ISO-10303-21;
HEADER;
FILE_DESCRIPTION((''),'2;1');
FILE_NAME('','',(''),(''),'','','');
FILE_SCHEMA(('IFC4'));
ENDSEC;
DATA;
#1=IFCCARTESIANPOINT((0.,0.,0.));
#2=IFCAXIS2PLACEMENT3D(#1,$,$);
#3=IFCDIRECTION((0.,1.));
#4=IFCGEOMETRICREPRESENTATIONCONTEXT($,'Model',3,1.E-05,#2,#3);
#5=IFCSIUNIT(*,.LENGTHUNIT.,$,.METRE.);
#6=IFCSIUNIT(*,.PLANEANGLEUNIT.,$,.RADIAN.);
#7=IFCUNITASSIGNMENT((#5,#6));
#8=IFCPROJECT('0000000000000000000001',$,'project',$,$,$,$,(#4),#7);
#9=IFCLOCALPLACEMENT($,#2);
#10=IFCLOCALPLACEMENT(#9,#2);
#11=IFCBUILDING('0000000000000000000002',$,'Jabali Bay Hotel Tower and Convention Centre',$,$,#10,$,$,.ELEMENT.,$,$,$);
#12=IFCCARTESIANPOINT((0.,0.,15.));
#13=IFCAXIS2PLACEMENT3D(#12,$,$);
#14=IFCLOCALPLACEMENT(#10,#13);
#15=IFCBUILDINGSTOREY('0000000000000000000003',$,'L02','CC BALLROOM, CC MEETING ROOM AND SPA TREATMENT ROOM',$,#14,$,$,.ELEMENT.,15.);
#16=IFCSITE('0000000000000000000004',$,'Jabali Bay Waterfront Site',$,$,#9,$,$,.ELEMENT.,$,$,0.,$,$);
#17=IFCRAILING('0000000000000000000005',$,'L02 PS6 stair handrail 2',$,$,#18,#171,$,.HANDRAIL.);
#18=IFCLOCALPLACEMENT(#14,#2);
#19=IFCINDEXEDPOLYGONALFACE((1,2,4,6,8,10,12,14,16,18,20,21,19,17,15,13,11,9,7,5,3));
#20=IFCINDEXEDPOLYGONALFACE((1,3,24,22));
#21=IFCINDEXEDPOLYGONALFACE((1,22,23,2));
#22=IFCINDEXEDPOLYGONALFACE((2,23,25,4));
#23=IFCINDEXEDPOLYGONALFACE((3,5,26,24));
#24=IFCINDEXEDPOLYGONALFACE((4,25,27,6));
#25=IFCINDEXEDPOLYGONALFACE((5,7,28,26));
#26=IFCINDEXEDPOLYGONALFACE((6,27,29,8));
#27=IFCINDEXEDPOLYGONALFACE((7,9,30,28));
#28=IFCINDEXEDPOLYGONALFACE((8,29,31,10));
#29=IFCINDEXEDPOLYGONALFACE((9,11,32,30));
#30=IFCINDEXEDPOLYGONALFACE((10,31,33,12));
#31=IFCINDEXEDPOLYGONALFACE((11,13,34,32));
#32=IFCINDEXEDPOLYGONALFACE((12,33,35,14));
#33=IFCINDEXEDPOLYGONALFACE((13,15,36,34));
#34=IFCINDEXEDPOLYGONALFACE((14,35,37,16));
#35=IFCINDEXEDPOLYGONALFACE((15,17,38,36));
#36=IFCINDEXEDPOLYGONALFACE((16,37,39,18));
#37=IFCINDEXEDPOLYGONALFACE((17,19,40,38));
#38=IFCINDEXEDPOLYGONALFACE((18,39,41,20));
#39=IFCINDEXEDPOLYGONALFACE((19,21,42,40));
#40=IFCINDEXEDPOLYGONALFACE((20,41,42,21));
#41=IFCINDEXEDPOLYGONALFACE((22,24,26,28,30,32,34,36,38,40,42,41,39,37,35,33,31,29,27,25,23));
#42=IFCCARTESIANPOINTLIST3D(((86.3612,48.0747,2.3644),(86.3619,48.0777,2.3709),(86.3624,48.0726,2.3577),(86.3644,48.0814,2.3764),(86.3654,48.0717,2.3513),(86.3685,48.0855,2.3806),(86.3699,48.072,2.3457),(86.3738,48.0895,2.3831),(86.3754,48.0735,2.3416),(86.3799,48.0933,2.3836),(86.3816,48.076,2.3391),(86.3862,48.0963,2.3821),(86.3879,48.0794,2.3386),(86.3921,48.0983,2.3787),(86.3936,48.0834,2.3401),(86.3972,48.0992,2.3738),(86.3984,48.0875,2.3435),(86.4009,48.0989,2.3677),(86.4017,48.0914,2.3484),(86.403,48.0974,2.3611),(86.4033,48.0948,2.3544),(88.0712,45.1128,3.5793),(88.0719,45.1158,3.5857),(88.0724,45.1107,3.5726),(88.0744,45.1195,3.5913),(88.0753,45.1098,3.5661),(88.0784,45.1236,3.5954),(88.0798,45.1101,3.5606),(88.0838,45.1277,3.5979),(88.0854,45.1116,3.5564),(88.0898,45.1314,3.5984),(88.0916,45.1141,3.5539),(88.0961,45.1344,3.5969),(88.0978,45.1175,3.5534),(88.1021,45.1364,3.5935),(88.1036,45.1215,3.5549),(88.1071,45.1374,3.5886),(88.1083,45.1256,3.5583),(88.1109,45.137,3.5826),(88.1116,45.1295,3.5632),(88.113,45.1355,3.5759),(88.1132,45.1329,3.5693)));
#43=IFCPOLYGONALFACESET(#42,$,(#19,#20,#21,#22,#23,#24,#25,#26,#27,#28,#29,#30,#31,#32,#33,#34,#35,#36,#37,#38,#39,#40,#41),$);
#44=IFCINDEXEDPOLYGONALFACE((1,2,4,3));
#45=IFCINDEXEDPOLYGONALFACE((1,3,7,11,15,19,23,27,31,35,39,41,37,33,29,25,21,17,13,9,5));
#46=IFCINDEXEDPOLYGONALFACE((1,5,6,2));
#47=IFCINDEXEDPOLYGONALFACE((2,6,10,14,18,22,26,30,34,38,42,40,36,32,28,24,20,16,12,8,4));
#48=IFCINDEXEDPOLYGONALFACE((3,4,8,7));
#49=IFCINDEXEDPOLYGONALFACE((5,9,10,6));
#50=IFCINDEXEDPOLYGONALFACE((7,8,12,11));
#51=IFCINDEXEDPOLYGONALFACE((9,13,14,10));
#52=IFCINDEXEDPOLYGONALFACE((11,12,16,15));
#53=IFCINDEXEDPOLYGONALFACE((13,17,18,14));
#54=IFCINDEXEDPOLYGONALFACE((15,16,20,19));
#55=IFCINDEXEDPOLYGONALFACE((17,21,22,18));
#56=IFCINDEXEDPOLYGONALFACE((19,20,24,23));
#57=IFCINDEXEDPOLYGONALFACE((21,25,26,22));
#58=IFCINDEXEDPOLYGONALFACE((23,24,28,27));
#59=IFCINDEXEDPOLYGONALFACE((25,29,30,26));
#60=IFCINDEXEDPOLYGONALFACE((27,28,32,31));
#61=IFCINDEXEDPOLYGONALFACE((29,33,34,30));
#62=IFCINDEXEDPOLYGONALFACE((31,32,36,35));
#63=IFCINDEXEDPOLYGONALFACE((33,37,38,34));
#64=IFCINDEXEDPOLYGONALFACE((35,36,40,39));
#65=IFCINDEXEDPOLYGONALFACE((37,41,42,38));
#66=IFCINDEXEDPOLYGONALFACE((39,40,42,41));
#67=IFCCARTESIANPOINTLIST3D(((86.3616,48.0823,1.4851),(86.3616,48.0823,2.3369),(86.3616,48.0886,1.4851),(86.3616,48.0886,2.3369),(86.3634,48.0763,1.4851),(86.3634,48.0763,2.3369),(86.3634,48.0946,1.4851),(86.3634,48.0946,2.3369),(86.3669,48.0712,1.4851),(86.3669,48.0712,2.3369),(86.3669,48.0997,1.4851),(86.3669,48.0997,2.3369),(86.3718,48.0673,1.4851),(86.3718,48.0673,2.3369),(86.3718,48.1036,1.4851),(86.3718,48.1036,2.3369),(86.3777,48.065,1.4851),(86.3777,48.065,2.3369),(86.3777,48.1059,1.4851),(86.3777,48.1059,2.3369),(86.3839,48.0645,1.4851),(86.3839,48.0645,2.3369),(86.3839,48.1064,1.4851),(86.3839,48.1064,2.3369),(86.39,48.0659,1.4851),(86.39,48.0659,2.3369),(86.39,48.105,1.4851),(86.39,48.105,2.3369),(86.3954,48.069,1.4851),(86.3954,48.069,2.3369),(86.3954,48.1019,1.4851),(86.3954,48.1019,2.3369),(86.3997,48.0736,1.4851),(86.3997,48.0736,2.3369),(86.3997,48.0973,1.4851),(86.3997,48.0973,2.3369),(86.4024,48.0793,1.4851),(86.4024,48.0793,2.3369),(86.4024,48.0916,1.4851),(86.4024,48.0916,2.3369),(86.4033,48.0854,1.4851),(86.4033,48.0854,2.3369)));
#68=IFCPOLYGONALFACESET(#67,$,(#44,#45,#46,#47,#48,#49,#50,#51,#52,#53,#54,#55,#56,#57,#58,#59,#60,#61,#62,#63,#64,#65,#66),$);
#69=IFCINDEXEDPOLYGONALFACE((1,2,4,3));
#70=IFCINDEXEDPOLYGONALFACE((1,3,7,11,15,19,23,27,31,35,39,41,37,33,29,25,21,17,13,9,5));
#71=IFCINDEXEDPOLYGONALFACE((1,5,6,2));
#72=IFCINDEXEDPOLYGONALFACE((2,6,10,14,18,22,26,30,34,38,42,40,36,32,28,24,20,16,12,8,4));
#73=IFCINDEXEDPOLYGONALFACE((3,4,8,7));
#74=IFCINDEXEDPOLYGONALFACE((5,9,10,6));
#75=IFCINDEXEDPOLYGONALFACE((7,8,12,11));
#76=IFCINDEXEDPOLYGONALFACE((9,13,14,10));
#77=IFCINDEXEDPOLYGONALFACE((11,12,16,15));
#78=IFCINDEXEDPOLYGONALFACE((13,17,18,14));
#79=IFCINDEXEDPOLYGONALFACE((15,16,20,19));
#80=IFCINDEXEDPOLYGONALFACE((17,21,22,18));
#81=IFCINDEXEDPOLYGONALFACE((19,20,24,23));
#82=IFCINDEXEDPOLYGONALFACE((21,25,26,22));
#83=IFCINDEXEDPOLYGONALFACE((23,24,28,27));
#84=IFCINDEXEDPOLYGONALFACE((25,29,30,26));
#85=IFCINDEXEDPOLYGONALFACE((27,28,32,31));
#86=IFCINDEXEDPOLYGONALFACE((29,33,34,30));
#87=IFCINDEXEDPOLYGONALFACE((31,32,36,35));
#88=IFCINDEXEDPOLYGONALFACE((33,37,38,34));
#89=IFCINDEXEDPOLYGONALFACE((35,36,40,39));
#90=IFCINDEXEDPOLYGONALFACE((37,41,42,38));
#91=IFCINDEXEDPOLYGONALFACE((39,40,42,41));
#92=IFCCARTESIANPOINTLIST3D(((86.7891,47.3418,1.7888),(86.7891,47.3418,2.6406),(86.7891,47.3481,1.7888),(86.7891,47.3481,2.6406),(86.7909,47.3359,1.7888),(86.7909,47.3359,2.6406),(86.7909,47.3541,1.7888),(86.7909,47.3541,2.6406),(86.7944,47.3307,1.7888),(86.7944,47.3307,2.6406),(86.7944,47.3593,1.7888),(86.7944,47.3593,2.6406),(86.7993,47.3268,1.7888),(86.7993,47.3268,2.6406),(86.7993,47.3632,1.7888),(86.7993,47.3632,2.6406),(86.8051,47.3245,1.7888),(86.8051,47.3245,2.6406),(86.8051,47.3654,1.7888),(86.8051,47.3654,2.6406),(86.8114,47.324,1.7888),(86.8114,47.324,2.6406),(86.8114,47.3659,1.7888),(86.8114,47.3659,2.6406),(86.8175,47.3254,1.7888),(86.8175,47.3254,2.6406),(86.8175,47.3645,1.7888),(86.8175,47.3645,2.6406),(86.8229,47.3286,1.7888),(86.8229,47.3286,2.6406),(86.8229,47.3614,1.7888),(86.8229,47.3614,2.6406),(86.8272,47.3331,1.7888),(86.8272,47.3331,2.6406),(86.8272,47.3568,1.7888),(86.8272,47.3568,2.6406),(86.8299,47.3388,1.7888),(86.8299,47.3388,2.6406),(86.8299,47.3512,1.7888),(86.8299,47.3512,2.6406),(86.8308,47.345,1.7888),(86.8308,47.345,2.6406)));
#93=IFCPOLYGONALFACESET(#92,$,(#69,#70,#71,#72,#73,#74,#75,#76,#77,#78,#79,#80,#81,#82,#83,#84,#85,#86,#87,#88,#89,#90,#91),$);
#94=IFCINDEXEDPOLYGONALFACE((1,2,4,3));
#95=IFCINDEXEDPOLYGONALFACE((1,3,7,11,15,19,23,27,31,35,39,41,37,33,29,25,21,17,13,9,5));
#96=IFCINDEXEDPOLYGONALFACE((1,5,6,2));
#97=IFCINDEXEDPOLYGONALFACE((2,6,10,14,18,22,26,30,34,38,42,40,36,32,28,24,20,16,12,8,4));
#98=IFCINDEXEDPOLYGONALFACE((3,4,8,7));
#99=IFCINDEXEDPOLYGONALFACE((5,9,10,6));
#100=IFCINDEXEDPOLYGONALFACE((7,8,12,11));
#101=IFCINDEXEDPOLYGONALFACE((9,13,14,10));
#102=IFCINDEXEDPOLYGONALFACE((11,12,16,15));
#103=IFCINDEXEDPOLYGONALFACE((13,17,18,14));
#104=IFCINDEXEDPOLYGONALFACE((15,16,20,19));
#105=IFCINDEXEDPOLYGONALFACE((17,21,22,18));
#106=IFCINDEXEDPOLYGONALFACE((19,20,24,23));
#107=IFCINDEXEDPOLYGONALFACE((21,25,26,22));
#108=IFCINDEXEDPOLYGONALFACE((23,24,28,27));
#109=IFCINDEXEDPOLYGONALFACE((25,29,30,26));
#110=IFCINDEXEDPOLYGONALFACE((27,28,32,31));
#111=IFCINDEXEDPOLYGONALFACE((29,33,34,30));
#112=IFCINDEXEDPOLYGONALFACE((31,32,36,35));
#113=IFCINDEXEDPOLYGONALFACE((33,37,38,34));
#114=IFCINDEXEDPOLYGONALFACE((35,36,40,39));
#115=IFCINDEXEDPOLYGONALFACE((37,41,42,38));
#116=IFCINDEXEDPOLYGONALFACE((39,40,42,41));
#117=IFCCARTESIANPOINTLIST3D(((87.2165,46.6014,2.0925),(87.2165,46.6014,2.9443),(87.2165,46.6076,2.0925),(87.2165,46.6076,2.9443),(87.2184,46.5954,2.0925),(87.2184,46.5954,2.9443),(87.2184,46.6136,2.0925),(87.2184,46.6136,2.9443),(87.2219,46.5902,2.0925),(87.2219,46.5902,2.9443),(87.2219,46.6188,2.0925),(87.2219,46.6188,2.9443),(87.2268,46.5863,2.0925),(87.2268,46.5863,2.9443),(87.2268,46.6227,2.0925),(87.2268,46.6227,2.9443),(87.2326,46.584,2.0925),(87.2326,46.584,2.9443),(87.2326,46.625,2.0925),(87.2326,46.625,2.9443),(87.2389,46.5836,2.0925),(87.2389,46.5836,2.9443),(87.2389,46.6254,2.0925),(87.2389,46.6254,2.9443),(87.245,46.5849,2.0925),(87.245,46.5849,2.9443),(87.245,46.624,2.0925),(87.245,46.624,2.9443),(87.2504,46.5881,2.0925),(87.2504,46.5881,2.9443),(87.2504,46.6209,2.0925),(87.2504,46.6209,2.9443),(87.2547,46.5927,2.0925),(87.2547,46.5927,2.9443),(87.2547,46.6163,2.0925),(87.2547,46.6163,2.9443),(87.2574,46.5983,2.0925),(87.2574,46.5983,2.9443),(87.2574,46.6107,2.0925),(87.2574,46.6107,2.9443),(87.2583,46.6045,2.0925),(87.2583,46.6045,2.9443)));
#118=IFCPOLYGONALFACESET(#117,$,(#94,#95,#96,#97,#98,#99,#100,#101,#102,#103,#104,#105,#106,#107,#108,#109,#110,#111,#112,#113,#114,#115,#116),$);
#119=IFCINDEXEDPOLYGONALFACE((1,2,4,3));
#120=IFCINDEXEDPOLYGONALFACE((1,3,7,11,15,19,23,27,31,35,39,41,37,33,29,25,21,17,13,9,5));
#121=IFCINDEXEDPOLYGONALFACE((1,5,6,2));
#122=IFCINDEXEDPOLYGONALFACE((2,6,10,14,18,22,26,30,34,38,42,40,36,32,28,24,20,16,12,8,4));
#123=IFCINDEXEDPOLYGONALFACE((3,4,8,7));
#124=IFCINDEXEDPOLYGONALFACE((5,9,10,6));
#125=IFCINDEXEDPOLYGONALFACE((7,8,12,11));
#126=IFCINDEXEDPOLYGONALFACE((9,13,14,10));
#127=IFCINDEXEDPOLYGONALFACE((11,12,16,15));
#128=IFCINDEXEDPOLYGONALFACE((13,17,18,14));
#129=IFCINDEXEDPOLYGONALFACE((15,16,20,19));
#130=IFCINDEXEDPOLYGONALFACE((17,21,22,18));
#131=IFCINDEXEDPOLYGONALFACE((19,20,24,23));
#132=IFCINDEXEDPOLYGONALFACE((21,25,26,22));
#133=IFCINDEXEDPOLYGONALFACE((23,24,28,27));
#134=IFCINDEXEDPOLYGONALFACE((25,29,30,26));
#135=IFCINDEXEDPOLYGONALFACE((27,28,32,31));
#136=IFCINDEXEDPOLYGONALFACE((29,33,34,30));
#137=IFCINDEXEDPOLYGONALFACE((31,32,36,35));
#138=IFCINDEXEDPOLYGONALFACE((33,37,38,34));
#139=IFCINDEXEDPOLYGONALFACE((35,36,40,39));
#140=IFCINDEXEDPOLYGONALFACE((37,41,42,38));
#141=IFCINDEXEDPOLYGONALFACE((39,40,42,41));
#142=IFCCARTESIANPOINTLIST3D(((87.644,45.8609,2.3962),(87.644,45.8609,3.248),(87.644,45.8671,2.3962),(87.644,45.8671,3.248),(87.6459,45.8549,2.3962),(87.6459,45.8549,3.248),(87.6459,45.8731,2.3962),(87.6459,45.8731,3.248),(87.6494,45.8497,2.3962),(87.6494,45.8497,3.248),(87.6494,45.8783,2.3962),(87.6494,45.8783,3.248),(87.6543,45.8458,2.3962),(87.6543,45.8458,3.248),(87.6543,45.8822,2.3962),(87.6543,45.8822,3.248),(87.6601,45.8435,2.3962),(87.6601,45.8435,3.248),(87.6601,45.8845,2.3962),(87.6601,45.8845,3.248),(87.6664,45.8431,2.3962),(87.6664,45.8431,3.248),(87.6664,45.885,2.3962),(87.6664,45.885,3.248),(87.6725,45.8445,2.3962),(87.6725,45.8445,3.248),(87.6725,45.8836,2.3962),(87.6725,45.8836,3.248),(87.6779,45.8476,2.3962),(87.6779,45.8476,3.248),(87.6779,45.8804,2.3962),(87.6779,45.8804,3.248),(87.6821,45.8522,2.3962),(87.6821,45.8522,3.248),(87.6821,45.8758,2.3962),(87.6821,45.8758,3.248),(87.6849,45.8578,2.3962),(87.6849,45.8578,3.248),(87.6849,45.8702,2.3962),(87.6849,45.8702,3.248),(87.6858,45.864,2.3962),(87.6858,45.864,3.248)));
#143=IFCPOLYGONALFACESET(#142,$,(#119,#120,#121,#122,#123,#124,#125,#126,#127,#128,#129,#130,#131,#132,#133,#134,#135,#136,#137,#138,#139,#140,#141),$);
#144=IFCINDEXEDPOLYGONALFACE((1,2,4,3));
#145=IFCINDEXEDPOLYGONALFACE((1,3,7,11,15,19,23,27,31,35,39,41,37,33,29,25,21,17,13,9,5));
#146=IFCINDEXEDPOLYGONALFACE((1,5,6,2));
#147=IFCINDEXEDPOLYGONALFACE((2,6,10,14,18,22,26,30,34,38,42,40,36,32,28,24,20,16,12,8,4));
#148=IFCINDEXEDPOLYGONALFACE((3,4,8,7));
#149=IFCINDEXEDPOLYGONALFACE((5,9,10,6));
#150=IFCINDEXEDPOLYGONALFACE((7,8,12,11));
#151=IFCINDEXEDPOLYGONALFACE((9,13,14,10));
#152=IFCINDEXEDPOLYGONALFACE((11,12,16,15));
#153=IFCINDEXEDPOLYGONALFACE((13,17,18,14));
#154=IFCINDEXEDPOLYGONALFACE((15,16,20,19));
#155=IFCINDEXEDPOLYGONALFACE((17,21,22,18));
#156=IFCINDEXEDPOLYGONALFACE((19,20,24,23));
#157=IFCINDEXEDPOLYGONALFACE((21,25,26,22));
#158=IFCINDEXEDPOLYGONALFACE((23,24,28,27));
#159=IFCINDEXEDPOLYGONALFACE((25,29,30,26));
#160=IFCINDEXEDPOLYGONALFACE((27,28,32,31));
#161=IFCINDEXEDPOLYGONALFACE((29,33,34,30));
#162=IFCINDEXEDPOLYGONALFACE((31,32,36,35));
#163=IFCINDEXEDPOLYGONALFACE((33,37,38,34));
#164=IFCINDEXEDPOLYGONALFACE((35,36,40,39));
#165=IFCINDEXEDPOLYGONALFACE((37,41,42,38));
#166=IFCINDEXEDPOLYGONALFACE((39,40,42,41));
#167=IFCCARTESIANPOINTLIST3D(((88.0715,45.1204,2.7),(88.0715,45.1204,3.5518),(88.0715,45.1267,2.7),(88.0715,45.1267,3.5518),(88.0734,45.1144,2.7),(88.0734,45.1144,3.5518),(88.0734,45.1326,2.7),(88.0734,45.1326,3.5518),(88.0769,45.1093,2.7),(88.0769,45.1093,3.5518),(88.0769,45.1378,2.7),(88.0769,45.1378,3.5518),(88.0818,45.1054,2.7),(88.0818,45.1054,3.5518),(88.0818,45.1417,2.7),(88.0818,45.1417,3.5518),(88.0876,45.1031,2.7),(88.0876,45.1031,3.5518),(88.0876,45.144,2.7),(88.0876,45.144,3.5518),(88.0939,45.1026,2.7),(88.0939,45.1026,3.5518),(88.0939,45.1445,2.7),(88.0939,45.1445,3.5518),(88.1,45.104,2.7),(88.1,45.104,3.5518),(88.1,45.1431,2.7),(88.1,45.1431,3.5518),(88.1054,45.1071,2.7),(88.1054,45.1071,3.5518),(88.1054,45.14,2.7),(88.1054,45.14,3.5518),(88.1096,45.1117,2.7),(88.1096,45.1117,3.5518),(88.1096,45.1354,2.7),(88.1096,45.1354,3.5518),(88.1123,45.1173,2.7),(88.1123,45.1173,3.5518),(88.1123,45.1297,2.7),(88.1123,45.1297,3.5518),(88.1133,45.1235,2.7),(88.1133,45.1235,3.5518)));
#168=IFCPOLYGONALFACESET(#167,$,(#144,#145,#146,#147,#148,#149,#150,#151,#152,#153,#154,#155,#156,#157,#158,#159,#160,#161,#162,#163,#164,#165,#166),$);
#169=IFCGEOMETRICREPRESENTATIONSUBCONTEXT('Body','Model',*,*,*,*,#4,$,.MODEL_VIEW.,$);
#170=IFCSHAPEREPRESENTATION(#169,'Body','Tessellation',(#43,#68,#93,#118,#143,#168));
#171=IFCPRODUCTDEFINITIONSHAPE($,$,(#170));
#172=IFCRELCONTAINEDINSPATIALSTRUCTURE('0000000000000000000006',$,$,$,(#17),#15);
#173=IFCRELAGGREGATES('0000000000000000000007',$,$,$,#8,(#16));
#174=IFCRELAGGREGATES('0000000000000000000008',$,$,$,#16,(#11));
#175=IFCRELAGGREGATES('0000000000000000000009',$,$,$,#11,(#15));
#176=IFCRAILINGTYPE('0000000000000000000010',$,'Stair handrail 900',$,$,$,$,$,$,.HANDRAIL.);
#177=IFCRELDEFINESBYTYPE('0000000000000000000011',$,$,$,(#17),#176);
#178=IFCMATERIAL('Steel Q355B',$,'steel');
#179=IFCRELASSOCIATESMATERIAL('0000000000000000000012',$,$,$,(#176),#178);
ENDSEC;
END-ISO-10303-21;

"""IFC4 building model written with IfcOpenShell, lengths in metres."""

from ifc_helpers import new_model, si_unit, direction, frame, origin, origin_2d, place, context, subcontext, project, spatial, circle, extrude, material, type_object, element, save


model = new_model("IFC4")

# Units and contexts
model_context = context("Model", 3, precision=1e-05, world=origin(), true_north=direction((0.0, 1.0)))
body_context = subcontext(model_context, "Body", "Model", "MODEL_VIEW")
ifc_project = project(units=[si_unit("LENGTHUNIT", "METRE"), si_unit("PLANEANGLEUNIT", "RADIAN")], contexts=[model_context])

# Site, building, storey
site_placement = place(None, origin())
site = spatial("IfcSite", under=ifc_project, at=site_placement, Name="Jabali Bay Waterfront Site", CompositionType="ELEMENT", RefElevation=0.0)
building_placement = place(site_placement, origin())
building = spatial("IfcBuilding", under=site, at=building_placement, Name="Jabali Bay Hotel Tower and Convention Centre", CompositionType="ELEMENT")
storey_placement = place(building_placement, frame((0.0, 0.0, 15.0)))
storey = spatial("IfcBuildingStorey", under=building, at=storey_placement, Name="L02", Description="CC BALLROOM, CC MEETING ROOM AND SPA TREATMENT ROOM", CompositionType="ELEMENT", Elevation=15.0)

# Railing
ifc_material_1 = material(Name="Steel Q355B", Category="steel")
railing_type_1 = type_object("IfcRailingType", Name="Stair handrail 900", PredefinedType="HANDRAIL", material=ifc_material_1)
railing_1_placement = place(storey_placement, frame((86.3823, 48.0854, 1.4851)))
element("IfcRailing", 1, at=railing_1_placement, inside=storey, type_object=railing_type_1, Name="L02 PS6 stair handrail 2", PredefinedType="HANDRAIL", context=body_context, shape_type="SweptSolid", body=[
    extrude(circle(Radius=0.0239, at=origin_2d()), frame((0.0, 0.0, 0.876), z_axis=(0.471138, -0.816083, 0.33472), x_axis=(0.866038, 0.499978, 0.0)), (0.0, 0.0, 1.0), 3.6294),
    extrude(circle(Radius=0.021, at=origin_2d()), origin(), (0.0, 0.0, 1.0), 0.8518),
    extrude(circle(Radius=0.021, at=origin_2d()), frame((0.4275, -0.7405, 0.3037)), (0.0, 0.0, 1.0), 0.8518),
    extrude(circle(Radius=0.021, at=origin_2d()), frame((0.855, -1.481, 0.6074)), (0.0, 0.0, 1.0), 0.8518),
    extrude(circle(Radius=0.021, at=origin_2d()), frame((1.2825, -2.2214, 0.9111)), (0.0, 0.0, 1.0), 0.8518),
    extrude(circle(Radius=0.021, at=origin_2d()), frame((1.71, -2.9619, 1.2148)), (0.0, 0.0, 1.0), 0.8518),
])

save(model, "model.ifc")
